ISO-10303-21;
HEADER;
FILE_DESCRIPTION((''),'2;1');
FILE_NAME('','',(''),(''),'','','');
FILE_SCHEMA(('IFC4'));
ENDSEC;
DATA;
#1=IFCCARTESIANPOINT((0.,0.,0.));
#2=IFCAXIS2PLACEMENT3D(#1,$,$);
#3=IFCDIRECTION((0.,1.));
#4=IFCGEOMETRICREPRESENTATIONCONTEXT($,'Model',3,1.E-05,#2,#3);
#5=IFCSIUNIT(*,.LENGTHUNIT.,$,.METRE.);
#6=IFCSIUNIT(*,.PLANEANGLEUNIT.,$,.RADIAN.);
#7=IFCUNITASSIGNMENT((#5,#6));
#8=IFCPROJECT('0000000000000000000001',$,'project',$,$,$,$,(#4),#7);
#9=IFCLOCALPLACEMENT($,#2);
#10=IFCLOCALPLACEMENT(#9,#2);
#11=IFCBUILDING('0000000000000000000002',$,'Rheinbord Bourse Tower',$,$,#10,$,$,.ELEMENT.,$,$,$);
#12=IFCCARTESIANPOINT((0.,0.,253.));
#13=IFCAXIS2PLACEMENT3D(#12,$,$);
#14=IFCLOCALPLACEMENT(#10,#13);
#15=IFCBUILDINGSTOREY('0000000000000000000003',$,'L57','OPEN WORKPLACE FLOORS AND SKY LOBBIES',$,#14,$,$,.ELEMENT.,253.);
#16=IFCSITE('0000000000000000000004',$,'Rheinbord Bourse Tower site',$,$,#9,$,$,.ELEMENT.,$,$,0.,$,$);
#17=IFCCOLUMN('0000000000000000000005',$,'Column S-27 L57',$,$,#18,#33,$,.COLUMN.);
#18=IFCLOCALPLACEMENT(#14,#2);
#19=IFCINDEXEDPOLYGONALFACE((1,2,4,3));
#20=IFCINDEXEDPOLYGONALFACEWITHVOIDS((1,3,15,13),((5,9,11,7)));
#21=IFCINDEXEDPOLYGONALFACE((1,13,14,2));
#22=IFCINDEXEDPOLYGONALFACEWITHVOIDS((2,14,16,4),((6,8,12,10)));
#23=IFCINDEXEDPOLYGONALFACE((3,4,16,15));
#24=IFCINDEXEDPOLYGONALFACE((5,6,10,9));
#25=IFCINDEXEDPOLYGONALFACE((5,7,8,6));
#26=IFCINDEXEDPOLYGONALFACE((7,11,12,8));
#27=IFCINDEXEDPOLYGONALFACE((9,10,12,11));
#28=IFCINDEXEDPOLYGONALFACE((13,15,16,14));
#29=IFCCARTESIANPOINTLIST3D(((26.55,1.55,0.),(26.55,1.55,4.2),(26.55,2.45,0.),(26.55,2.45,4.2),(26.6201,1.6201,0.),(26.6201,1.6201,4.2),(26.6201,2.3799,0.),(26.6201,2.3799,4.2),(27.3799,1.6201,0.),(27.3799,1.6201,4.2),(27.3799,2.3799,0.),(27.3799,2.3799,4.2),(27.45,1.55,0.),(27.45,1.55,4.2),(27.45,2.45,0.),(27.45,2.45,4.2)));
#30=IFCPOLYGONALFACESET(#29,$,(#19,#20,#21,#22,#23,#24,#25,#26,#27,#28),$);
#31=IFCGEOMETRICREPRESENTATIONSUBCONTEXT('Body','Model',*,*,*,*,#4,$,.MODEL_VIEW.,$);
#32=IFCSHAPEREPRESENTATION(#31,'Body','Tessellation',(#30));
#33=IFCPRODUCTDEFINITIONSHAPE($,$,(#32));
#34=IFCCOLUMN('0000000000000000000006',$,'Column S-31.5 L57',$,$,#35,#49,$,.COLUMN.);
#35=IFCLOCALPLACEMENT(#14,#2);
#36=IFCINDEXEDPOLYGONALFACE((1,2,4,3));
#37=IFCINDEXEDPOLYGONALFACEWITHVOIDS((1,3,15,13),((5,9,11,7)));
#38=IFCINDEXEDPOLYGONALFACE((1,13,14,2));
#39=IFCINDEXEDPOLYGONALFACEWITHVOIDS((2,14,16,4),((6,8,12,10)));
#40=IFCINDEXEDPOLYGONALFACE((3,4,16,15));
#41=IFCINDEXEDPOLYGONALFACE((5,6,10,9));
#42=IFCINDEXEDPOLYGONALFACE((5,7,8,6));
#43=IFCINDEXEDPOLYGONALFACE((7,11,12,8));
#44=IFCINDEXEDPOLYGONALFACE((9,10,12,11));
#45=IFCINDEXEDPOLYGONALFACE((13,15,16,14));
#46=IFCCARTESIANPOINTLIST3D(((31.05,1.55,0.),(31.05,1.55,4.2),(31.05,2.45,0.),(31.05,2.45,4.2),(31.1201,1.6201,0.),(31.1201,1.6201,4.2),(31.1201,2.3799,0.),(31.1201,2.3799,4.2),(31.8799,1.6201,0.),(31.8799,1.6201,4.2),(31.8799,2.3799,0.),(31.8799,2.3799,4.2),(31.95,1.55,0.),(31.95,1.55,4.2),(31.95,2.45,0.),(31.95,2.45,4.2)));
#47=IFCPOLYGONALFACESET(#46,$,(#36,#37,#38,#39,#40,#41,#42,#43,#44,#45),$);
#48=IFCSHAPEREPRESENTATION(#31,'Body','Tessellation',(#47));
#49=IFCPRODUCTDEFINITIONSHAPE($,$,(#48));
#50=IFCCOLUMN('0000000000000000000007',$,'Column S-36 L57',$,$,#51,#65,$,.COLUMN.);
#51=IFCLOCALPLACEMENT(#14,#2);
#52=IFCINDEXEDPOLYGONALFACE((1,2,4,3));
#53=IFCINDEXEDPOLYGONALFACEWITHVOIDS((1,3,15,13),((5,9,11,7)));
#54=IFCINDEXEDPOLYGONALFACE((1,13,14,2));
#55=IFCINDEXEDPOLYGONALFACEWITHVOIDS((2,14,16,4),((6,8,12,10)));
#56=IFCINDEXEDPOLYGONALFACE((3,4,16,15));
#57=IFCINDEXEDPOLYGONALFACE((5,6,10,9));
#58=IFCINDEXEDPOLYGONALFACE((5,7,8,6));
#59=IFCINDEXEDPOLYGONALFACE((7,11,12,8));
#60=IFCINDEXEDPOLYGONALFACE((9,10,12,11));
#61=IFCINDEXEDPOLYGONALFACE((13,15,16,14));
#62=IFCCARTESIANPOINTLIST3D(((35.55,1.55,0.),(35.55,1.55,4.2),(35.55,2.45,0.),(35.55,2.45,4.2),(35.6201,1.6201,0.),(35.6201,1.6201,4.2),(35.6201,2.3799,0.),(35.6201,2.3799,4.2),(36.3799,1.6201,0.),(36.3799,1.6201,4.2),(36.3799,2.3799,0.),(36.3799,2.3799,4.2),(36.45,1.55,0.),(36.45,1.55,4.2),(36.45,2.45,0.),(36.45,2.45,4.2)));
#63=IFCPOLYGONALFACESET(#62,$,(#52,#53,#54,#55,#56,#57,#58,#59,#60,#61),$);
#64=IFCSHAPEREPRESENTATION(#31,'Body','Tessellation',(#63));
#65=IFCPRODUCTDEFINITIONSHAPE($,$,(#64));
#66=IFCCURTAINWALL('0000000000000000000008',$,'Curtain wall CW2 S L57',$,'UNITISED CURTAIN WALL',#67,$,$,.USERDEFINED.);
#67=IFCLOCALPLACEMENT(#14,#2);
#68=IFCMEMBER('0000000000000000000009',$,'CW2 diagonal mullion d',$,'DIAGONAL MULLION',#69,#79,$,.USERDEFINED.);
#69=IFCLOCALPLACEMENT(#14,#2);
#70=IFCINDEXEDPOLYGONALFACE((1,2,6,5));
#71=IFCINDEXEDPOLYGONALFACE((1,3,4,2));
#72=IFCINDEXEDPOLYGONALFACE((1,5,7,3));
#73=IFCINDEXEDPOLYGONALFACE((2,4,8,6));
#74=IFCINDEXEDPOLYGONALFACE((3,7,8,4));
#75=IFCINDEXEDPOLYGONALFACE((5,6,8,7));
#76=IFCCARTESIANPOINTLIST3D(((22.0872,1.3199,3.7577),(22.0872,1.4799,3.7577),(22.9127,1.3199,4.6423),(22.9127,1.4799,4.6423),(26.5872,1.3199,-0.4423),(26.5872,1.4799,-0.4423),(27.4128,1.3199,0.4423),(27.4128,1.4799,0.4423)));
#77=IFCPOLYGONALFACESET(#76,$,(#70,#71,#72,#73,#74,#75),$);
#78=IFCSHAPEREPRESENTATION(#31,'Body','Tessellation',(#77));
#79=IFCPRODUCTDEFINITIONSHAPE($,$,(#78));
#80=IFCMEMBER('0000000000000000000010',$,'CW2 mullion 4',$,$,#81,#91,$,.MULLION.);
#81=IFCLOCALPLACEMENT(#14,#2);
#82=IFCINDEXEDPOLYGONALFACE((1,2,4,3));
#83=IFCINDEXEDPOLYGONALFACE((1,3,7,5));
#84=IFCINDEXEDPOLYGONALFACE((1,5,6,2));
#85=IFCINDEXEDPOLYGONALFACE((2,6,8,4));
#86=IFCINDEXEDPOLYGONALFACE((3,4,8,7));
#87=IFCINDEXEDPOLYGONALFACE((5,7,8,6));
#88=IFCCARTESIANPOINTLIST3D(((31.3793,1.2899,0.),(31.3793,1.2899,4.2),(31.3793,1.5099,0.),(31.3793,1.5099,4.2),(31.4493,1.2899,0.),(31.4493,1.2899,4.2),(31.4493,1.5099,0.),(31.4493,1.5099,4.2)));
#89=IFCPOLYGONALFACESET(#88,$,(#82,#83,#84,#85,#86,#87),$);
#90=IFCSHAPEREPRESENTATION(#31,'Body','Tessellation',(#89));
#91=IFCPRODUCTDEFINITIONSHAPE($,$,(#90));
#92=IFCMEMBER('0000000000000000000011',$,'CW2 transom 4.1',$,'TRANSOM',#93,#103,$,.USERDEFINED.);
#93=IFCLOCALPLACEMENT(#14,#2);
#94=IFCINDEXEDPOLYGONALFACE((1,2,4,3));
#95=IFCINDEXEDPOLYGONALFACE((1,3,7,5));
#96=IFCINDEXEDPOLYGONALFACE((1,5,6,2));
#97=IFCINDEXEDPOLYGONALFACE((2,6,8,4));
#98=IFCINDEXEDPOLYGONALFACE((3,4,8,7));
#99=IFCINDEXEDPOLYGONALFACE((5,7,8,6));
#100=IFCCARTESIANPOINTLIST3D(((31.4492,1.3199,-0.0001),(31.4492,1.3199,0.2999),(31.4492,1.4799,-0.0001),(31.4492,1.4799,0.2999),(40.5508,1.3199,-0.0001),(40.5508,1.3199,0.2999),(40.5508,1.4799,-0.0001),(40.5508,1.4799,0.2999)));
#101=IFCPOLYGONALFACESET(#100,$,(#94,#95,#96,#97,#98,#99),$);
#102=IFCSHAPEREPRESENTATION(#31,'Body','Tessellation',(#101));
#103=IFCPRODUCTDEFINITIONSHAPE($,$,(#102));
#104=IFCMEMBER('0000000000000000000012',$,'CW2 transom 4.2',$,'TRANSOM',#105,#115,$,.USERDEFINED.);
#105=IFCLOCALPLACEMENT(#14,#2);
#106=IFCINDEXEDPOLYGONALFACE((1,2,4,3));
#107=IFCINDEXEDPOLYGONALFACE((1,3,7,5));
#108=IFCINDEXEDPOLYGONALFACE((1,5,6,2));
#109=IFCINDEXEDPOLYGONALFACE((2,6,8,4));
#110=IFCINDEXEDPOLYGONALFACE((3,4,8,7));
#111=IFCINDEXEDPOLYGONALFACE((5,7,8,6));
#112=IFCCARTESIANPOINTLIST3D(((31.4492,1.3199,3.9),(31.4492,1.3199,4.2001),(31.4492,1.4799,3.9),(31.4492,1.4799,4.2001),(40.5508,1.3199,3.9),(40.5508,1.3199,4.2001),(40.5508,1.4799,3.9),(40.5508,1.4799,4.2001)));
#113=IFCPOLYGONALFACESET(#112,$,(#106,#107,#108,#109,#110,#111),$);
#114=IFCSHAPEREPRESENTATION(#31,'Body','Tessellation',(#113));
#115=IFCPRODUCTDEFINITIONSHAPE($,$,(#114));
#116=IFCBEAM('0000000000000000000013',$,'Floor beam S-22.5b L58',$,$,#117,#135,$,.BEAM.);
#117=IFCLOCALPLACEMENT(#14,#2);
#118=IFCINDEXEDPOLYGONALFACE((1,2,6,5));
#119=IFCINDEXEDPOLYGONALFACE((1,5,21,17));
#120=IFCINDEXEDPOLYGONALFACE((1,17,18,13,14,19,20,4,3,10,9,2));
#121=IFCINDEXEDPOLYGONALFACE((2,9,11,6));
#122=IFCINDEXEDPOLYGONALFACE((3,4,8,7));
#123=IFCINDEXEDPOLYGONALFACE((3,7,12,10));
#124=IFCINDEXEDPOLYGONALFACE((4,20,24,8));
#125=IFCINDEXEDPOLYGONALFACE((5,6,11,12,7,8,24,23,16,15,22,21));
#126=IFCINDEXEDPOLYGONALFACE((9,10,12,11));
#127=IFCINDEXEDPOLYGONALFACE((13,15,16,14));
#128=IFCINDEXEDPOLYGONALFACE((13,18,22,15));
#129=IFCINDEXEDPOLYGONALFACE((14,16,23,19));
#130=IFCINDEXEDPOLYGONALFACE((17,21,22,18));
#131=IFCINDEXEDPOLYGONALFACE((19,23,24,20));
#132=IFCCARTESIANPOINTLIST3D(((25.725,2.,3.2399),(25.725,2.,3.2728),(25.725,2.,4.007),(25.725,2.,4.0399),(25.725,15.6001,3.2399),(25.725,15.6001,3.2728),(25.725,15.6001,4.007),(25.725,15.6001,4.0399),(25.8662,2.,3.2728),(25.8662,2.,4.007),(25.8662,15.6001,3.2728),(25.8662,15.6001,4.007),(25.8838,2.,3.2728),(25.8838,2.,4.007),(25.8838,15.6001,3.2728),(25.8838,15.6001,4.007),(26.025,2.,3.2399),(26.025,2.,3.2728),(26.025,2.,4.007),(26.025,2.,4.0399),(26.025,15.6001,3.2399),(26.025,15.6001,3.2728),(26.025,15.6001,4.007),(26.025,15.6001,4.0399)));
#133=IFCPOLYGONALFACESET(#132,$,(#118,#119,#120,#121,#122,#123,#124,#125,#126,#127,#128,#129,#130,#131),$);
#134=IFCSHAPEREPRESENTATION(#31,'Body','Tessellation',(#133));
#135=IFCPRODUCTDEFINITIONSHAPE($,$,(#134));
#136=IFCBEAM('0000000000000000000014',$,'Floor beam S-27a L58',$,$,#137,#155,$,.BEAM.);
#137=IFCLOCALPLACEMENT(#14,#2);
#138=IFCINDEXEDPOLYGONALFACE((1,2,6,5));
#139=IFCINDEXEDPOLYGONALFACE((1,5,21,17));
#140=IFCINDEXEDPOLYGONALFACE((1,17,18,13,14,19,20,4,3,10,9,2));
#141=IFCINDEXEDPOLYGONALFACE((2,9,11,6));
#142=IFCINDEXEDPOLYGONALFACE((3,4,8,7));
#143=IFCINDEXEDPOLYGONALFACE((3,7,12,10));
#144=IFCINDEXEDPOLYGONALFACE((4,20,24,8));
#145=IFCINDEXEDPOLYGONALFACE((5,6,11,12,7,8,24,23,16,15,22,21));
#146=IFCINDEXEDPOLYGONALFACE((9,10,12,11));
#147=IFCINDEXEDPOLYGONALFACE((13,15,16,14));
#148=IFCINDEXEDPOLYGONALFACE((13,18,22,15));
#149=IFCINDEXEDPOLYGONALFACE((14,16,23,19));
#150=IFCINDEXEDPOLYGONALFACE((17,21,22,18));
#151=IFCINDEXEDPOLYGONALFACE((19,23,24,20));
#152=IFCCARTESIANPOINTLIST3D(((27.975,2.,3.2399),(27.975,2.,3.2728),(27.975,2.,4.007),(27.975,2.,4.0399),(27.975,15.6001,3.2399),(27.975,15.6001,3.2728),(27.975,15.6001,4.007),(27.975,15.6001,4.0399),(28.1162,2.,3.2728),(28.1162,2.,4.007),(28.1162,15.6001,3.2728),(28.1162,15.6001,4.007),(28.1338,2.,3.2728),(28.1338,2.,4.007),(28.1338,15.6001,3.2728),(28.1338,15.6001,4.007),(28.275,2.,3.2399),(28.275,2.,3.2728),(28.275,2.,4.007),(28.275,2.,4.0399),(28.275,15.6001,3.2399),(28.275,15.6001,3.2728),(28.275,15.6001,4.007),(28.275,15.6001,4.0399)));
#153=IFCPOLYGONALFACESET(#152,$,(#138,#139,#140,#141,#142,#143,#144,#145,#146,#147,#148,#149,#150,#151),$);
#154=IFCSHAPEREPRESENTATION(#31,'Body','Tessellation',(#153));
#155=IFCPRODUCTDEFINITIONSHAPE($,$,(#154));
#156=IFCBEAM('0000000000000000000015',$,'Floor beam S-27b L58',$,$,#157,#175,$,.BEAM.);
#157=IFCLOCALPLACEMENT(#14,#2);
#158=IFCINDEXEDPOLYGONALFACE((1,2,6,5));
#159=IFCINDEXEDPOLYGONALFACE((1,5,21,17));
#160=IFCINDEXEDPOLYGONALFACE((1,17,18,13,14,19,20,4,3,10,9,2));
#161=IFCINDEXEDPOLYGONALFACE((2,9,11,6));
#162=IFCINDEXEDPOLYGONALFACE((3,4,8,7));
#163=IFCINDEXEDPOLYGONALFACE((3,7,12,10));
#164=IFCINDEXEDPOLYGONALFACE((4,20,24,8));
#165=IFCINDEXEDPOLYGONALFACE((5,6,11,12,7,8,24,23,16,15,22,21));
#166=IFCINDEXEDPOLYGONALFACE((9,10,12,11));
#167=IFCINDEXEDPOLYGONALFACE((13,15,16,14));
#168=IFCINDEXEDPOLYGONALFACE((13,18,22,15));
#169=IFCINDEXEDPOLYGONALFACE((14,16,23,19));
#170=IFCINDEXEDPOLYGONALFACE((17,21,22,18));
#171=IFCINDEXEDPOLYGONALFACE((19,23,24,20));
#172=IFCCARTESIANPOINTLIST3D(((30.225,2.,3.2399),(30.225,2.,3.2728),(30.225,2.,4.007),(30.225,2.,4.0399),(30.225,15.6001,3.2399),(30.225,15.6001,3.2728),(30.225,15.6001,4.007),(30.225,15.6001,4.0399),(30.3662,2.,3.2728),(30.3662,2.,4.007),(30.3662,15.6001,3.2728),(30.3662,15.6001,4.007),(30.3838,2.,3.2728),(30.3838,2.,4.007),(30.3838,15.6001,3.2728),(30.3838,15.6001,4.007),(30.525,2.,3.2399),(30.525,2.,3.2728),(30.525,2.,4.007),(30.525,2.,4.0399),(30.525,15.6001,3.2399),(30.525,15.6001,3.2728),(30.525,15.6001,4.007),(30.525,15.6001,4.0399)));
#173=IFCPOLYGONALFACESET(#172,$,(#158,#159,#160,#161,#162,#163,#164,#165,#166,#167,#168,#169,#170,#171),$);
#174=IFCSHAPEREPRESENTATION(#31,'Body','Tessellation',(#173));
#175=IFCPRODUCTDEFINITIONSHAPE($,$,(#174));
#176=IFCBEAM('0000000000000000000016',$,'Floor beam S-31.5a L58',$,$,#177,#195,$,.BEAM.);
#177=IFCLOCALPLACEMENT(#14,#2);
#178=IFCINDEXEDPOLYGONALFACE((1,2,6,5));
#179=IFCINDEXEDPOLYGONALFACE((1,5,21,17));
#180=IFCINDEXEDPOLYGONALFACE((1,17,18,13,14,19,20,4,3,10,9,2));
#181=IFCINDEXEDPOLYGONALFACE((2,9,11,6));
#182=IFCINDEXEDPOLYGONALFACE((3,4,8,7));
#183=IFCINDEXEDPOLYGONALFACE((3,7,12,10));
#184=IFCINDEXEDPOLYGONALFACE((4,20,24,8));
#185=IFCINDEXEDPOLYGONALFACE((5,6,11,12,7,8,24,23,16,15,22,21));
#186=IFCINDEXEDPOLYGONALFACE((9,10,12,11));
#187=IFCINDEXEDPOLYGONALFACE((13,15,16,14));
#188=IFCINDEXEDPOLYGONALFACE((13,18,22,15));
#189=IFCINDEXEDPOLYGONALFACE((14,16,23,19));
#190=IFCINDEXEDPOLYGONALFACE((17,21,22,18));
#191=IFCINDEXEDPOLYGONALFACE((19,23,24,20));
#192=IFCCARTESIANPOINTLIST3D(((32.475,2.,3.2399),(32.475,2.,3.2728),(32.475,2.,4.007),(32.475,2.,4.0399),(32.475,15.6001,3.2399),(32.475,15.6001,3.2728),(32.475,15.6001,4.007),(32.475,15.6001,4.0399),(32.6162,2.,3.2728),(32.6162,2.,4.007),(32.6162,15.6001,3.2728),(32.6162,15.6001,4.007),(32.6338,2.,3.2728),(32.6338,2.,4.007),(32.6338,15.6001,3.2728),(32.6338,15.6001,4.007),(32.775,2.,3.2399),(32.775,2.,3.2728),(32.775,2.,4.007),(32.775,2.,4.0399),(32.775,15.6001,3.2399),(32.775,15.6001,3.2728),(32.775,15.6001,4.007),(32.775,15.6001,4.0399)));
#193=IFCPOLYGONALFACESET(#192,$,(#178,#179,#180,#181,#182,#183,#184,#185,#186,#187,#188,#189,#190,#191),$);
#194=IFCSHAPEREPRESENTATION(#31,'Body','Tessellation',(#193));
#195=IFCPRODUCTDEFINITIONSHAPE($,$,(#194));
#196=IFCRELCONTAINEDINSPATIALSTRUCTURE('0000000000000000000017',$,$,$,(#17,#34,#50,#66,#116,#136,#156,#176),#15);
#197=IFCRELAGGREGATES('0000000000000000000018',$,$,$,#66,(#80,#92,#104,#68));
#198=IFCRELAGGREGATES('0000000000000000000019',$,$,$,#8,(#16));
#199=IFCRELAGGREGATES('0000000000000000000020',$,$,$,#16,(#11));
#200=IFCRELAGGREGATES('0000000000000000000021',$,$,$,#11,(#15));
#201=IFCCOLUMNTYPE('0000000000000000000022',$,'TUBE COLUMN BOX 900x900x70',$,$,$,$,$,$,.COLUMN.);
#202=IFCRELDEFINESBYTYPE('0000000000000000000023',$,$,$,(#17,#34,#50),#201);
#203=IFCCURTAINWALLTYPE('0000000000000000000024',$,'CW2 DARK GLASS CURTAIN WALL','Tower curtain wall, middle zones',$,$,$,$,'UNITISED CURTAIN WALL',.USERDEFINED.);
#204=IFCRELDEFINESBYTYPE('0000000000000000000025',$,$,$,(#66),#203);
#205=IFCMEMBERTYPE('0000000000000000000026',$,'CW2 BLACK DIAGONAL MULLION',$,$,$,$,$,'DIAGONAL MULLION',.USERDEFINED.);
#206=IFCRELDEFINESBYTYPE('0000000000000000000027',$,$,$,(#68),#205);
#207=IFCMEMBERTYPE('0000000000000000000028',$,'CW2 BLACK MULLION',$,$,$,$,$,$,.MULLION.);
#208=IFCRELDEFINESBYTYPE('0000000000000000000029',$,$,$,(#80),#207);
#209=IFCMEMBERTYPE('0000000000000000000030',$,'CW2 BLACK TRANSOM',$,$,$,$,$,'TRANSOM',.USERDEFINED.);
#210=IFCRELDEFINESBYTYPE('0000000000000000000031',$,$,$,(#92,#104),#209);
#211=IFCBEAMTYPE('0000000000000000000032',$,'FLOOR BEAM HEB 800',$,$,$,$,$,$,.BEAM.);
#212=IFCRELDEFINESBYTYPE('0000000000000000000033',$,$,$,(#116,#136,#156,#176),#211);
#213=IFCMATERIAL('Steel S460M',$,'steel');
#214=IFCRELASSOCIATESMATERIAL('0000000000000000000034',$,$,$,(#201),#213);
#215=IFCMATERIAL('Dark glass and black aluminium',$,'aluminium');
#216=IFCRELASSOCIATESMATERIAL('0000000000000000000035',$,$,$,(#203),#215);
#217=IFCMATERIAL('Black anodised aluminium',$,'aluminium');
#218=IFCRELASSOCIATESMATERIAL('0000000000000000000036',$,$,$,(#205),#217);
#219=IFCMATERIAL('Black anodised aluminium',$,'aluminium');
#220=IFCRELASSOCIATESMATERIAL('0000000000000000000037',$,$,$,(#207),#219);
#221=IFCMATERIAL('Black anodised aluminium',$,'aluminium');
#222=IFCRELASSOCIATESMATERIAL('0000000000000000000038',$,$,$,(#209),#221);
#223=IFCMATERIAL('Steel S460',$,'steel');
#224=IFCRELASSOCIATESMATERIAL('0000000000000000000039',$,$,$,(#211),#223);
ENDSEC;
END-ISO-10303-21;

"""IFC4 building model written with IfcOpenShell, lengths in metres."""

from ifc_helpers import new_model, si_unit, direction, frame, origin, origin_2d, place, context, subcontext, project, spatial, rectangle, hollow_rectangle, i_section, extrude, material, material_profile, profile_set, type_object, element, aggregate, save


model = new_model("IFC4")

# Units and contexts
model_context = context("Model", 3, precision=1e-05, world=origin(), true_north=direction((0.0, 1.0)))
body_context = subcontext(model_context, "Body", "Model", "MODEL_VIEW")
ifc_project = project(units=[si_unit("LENGTHUNIT", "METRE"), si_unit("PLANEANGLEUNIT", "RADIAN")], contexts=[model_context])

# Site, building, storey
site_placement = place(None, origin())
site = spatial("IfcSite", under=ifc_project, at=site_placement, Name="Rheinbord Bourse Tower site", CompositionType="ELEMENT", RefElevation=0.0)
building_placement = place(site_placement, origin())
building = spatial("IfcBuilding", under=site, at=building_placement, Name="Rheinbord Bourse Tower", CompositionType="ELEMENT")
storey_placement = place(building_placement, frame((0.0, 0.0, 253.0)))
storey = spatial("IfcBuildingStorey", under=building, at=storey_placement, Name="L57", Description="OPEN WORKPLACE FLOORS AND SKY LOBBIES", CompositionType="ELEMENT", Elevation=253.0)

# Columns
ifc_material_1 = material(Name="Steel S460M", Category="steel")
ifc_material_profile_1 = material_profile(ifc_material_1, hollow_rectangle(XDim=0.8999, YDim=0.8999, WallThickness=0.0701, at=origin_2d()), Name="BOX 900x900x70")
ifc_profile_set_1 = profile_set([ifc_material_profile_1], Name="Steel S460M")
column_type = type_object("IfcColumnType", Name="TUBE COLUMN BOX 900x900x70", PredefinedType="COLUMN", material=ifc_profile_set_1)
for number, where, z_axis, x_axis, name in (
    (1, (27.0, 2.0, 0.0), (0.0, 0.0, 1.0), (0.0, 1.0, 0.0), "Column S-27 L57"),
    (2, (31.5, 2.0, 0.0), (0.0, 0.0, 1.0), (0.0, 1.0, 0.0), "Column S-31.5 L57"),
    (3, (36.0, 2.0, 0.0), (0.0, 0.0, 1.0), (0.0, 1.0, 0.0), "Column S-36 L57"),
):
    element("IfcColumn", number, at=place(storey_placement, frame(where, z_axis=z_axis, x_axis=x_axis)), inside=storey, type_object=column_type, Name=name, PredefinedType="COLUMN", context=body_context, shape_type="SweptSolid", body=[
        extrude(hollow_rectangle(XDim=0.8999, YDim=0.8999, WallThickness=0.0701, at=origin_2d()), origin(), (0.0, 0.0, 1.0), 4.2),
    ])

# Curtain wall, members
ifc_material_2 = material(Name="Dark glass and black aluminium", Category="aluminium")
curtain_wall_type = type_object("IfcCurtainWallType", Name="CW2 DARK GLASS CURTAIN WALL", Description="Tower curtain wall, middle zones", ElementType="UNITISED CURTAIN WALL", PredefinedType="USERDEFINED", material=ifc_material_2)
curtain_wall_placement = place(storey_placement, origin())
curtain_wall = element("IfcCurtainWall", 4, at=curtain_wall_placement, inside=storey, type_object=curtain_wall_type, Name="Curtain wall CW2 S L57", ObjectType="UNITISED CURTAIN WALL", PredefinedType="USERDEFINED")
ifc_material_3 = material(Name="Black anodised aluminium", Category="aluminium")
ifc_material_profile_2 = material_profile(ifc_material_3, rectangle(XDim=0.1599, YDim=1.21, at=origin_2d()), Name="CW2 DIAGONAL MULLION 1210x160")
ifc_profile_set_2 = profile_set([ifc_material_profile_2], Name="Black anodised aluminium")
member_type_1 = type_object("IfcMemberType", Name="CW2 BLACK DIAGONAL MULLION", ElementType="DIAGONAL MULLION", PredefinedType="USERDEFINED", material=ifc_profile_set_2)
member_1_placement = place(storey_placement, frame((27.0, 1.3999, 0.0), z_axis=(-0.731059, 0.0, 0.682314), x_axis=(0.0, -1.0, 0.0)))
member_1 = element("IfcMember", 5, at=member_1_placement, type_object=member_type_1, Name="CW2 diagonal mullion d", ObjectType="DIAGONAL MULLION", PredefinedType="USERDEFINED", context=body_context, shape_type="SweptSolid", body=[
    extrude(rectangle(XDim=0.1599, YDim=1.21, at=origin_2d()), origin(), (0.0, 0.0, 1.0), 6.1555),
])
ifc_material_4 = material(Name="Black anodised aluminium", Category="aluminium")
ifc_material_profile_3 = material_profile(ifc_material_4, rectangle(XDim=0.22, YDim=0.0701, at=origin_2d()), Name="CW2 MULLION 70x220")
ifc_profile_set_3 = profile_set([ifc_material_profile_3], Name="Black anodised aluminium")
member_type_2 = type_object("IfcMemberType", Name="CW2 BLACK MULLION", PredefinedType="MULLION", material=ifc_profile_set_3)
member_2_placement = place(storey_placement, frame((31.4143, 1.3999, 0.0), z_axis=(0.0, 0.0, 1.0), x_axis=(0.0, 1.0, 0.0)))
member_2 = element("IfcMember", 6, at=member_2_placement, type_object=member_type_2, Name="CW2 mullion 4", PredefinedType="MULLION", context=body_context, shape_type="SweptSolid", body=[
    extrude(rectangle(XDim=0.22, YDim=0.0701, at=origin_2d()), origin(), (0.0, 0.0, 1.0), 4.2),
])
ifc_material_5 = material(Name="Black anodised aluminium", Category="aluminium")
ifc_material_profile_4 = material_profile(ifc_material_5, rectangle(XDim=0.1599, YDim=0.3, at=origin_2d()), Name="CW2 TRANSOM 300x160")
ifc_profile_set_4 = profile_set([ifc_material_profile_4], Name="Black anodised aluminium")
member_type_3 = type_object("IfcMemberType", Name="CW2 BLACK TRANSOM", ElementType="TRANSOM", PredefinedType="USERDEFINED", material=ifc_profile_set_4)
member_3_placement = place(storey_placement, frame((31.4492, 1.3999, 0.1499), z_axis=(1.0, 0.0, 0.0), x_axis=(0.0, 1.0, 0.0)))
member_3 = element("IfcMember", 7, at=member_3_placement, type_object=member_type_3, Name="CW2 transom 4.1", ObjectType="TRANSOM", PredefinedType="USERDEFINED", context=body_context, shape_type="SweptSolid", body=[
    extrude(rectangle(XDim=0.1599, YDim=0.3, at=origin_2d()), origin(), (0.0, 0.0, 1.0), 9.1016),
])
member_4_placement = place(storey_placement, frame((31.4492, 1.3999, 4.05), z_axis=(1.0, 0.0, 0.0), x_axis=(0.0, 1.0, 0.0)))
member_4 = element("IfcMember", 8, at=member_4_placement, type_object=member_type_3, Name="CW2 transom 4.2", ObjectType="TRANSOM", PredefinedType="USERDEFINED", context=body_context, shape_type="SweptSolid", body=[
    extrude(rectangle(XDim=0.1599, YDim=0.3, at=origin_2d()), origin(), (0.0, 0.0, 1.0), 9.1016),
])

# Beams
ifc_material_6 = material(Name="Steel S460", Category="steel")
ifc_material_profile_5 = material_profile(ifc_material_6, i_section(OverallWidth=0.3, OverallDepth=0.8, WebThickness=0.0176, FlangeThickness=0.033, at=origin_2d()), Name="HEB 800")
ifc_profile_set_5 = profile_set([ifc_material_profile_5], Name="Steel S460")
beam_type_1 = type_object("IfcBeamType", Name="FLOOR BEAM HEB 800", PredefinedType="BEAM", material=ifc_profile_set_5)
for number, where, z_axis, x_axis, name in (
    (9, (25.875, 2.0, 3.6399), (0.0, 1.0, 0.0), (-1.0, 0.0, 0.0), "Floor beam S-22.5b L58"),
    (10, (28.125, 2.0, 3.6399), (0.0, 1.0, 0.0), (-1.0, 0.0, 0.0), "Floor beam S-27a L58"),
    (11, (30.375, 2.0, 3.6399), (0.0, 1.0, 0.0), (-1.0, 0.0, 0.0), "Floor beam S-27b L58"),
    (12, (32.625, 2.0, 3.6399), (0.0, 1.0, 0.0), (-1.0, 0.0, 0.0), "Floor beam S-31.5a L58"),
):
    element("IfcBeam", number, at=place(storey_placement, frame(where, z_axis=z_axis, x_axis=x_axis)), inside=storey, type_object=beam_type_1, Name=name, PredefinedType="BEAM", context=body_context, shape_type="SweptSolid", body=[
        extrude(i_section(OverallWidth=0.3, OverallDepth=0.8, WebThickness=0.0176, FlangeThickness=0.033, at=origin_2d()), origin(), (0.0, 0.0, 1.0), 13.6001),
    ])

aggregate(curtain_wall, [member_2, member_3, member_4, member_1])

save(model, "model.ifc")
